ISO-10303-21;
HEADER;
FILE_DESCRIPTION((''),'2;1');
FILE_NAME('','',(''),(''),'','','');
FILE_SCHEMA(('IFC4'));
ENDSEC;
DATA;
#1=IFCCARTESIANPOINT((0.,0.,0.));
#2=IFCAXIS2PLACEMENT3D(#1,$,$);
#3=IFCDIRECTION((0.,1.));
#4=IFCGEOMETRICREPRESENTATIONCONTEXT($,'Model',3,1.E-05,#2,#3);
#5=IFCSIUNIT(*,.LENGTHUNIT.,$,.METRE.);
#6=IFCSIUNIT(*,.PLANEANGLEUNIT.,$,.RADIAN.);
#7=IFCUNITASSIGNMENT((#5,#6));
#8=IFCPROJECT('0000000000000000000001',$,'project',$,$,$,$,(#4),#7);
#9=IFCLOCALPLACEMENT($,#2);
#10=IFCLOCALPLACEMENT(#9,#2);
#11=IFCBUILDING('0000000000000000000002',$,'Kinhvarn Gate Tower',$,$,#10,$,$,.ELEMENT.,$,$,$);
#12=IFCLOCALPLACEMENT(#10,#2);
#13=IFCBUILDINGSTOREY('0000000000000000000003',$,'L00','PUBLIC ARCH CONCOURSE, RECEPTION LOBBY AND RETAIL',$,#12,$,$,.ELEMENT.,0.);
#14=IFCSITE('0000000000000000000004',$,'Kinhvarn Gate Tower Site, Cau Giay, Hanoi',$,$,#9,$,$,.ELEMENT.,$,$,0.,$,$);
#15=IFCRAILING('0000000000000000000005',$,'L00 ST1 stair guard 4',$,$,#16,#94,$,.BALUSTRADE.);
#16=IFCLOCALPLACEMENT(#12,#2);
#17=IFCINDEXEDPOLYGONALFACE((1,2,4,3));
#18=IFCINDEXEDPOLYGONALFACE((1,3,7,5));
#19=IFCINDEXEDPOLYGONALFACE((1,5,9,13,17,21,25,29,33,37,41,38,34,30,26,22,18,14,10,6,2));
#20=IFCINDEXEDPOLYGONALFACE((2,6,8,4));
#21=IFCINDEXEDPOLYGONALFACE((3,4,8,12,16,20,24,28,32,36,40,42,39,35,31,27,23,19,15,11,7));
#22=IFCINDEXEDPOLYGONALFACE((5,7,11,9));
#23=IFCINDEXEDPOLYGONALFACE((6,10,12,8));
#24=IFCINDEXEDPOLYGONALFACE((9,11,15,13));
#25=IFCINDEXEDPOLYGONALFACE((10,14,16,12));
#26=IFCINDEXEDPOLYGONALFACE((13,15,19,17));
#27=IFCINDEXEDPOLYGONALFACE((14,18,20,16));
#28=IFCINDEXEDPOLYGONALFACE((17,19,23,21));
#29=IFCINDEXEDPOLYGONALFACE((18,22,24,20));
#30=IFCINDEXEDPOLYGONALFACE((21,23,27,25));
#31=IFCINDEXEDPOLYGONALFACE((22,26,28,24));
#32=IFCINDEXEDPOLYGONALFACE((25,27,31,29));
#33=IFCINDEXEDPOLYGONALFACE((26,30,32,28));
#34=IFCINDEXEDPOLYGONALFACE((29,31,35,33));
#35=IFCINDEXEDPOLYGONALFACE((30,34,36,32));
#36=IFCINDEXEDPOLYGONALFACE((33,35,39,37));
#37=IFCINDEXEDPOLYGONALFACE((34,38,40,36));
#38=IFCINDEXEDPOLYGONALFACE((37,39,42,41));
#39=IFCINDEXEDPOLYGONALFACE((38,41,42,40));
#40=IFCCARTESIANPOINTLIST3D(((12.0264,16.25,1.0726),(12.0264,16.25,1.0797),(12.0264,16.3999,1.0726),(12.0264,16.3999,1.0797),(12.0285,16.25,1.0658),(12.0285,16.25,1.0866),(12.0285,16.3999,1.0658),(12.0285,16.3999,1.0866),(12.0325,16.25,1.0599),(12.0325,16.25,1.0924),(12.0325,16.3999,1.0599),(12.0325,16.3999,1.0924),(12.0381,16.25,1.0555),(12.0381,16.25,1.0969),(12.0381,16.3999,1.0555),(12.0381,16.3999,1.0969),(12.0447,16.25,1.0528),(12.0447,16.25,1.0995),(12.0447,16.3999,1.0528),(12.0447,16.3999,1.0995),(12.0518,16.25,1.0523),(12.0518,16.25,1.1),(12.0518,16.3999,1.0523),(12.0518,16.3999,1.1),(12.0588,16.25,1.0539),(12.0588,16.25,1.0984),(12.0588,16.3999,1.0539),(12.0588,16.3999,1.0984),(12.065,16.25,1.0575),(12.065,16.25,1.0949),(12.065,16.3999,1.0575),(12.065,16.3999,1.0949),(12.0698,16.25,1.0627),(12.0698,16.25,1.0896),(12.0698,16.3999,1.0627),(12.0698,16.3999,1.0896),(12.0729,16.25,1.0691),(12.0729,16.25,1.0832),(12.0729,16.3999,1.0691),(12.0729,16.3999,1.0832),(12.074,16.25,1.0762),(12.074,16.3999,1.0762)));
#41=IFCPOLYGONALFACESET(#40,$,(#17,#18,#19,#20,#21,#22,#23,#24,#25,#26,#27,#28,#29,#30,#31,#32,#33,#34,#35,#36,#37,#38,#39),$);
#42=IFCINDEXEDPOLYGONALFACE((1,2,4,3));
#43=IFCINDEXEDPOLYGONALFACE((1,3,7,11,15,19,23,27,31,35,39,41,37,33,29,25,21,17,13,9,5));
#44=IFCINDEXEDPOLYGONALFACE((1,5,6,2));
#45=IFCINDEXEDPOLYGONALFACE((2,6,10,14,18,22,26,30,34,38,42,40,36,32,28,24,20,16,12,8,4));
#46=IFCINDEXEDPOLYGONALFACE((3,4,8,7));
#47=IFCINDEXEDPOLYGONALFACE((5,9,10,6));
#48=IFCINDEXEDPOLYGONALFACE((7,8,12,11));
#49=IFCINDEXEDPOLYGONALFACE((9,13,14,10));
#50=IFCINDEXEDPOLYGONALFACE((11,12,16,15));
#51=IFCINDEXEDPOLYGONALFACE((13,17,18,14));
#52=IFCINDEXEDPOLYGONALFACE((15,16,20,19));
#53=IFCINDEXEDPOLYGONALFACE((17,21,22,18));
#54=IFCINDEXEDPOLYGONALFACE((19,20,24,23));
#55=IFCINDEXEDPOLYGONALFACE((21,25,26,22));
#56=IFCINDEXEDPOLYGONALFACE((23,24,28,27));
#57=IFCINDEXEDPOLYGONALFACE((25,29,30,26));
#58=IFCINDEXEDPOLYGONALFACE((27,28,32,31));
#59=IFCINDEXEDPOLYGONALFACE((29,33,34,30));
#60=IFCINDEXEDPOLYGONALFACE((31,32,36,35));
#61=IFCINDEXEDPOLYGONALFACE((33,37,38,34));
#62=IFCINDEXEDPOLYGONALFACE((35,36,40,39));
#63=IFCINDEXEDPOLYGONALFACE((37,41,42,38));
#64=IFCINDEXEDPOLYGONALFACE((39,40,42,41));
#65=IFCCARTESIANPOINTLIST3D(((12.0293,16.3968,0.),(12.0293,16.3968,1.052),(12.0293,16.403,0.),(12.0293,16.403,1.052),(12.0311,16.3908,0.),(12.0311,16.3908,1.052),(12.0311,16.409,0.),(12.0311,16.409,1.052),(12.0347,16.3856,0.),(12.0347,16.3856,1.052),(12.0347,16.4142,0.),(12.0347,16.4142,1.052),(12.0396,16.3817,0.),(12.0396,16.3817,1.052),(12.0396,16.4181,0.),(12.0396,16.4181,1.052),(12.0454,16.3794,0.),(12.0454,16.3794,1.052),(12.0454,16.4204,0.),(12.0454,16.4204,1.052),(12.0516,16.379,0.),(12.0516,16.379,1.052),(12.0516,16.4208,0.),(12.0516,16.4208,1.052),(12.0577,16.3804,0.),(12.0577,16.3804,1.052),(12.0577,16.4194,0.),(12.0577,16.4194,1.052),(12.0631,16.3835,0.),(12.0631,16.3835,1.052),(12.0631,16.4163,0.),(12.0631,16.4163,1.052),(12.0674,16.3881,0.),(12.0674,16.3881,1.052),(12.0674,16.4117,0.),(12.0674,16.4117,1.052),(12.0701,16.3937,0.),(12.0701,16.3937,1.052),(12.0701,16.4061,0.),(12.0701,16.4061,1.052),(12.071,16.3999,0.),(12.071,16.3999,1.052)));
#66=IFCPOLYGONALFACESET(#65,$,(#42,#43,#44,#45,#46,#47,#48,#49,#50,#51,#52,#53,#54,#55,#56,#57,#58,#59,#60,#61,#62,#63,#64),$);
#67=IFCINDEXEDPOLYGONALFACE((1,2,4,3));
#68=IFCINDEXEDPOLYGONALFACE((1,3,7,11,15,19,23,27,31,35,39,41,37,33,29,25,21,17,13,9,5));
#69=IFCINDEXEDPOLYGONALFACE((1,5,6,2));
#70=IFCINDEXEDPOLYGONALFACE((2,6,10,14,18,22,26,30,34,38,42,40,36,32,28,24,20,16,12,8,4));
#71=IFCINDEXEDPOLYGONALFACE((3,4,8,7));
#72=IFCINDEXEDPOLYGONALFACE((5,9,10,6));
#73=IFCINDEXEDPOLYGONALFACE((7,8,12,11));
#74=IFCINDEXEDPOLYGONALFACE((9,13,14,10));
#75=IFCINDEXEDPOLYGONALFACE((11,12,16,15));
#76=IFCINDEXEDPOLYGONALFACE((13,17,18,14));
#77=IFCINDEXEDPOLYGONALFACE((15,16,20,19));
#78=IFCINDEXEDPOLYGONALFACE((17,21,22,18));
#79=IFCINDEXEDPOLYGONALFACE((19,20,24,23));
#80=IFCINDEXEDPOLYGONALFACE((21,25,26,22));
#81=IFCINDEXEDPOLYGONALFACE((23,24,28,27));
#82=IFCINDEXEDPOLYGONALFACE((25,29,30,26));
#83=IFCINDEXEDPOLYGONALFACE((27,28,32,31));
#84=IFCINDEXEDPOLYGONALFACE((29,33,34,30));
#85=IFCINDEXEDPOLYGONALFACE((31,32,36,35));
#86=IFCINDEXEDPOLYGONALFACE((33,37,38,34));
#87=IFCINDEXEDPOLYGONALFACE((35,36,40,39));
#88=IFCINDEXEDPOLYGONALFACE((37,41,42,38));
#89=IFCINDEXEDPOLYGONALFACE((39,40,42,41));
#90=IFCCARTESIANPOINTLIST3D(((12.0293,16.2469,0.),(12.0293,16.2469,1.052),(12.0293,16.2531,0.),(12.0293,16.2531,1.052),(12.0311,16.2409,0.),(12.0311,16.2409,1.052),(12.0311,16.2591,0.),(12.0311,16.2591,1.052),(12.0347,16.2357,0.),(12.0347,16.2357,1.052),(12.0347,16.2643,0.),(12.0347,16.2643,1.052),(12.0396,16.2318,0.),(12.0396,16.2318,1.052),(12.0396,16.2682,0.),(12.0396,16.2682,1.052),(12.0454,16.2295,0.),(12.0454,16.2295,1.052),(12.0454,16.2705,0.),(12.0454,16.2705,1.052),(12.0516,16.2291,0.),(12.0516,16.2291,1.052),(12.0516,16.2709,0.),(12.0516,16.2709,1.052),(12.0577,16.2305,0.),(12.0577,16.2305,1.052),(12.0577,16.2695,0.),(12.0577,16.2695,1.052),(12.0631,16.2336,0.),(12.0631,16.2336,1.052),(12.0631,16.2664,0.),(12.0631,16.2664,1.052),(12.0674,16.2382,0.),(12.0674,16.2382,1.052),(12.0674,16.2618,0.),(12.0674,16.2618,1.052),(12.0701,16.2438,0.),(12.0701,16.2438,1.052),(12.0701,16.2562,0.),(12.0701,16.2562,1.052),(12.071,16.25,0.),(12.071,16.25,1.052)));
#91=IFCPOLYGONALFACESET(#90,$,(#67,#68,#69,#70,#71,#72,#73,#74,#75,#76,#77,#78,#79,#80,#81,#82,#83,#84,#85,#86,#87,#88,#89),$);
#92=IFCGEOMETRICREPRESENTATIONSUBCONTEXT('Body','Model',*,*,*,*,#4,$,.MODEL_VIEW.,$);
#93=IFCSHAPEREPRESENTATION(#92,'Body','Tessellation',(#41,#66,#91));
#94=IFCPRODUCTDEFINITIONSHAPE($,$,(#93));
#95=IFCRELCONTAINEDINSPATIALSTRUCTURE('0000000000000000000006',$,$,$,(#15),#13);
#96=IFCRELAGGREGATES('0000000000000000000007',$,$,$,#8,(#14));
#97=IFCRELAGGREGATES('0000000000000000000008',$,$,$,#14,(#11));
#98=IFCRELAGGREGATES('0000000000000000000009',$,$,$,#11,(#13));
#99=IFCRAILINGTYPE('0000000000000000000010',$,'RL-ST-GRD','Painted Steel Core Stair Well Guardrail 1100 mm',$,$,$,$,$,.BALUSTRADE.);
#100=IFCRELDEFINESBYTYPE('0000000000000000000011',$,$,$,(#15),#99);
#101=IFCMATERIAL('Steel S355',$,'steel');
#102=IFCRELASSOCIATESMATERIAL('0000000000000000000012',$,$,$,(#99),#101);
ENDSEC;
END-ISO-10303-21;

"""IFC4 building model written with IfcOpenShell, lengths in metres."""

from ifc_helpers import new_model, si_unit, direction, frame, origin, origin_2d, place, context, subcontext, project, spatial, circle, extrude, material, type_object, element, save


model = new_model("IFC4")

# Units and contexts
model_context = context("Model", 3, precision=1e-05, world=origin(), true_north=direction((0.0, 1.0)))
body_context = subcontext(model_context, "Body", "Model", "MODEL_VIEW")
ifc_project = project(units=[si_unit("LENGTHUNIT", "METRE"), si_unit("PLANEANGLEUNIT", "RADIAN")], contexts=[model_context])

# Site, building, storey
site_placement = place(None, origin())
site = spatial("IfcSite", under=ifc_project, at=site_placement, Name="Kinhvarn Gate Tower Site, Cau Giay, Hanoi", CompositionType="ELEMENT", RefElevation=0.0)
building_placement = place(site_placement, origin())
building = spatial("IfcBuilding", under=site, at=building_placement, Name="Kinhvarn Gate Tower", CompositionType="ELEMENT")
storey_placement = place(building_placement, origin())
storey = spatial("IfcBuildingStorey", under=building, at=storey_placement, Name="L00", Description="PUBLIC ARCH CONCOURSE, RECEPTION LOBBY AND RETAIL", CompositionType="ELEMENT", Elevation=0.0)

# Shared definitions
ifc_material_1 = material(Name="Steel S355", Category="steel")

# Railing
railing_type_1 = type_object("IfcRailingType", Name="RL-ST-GRD", Description="Painted Steel Core Stair Well Guardrail 1100 mm", PredefinedType="BALUSTRADE", material=ifc_material_1)
railing_1_placement = place(storey_placement, frame((12.05, 16.3999, 0.0)))
element("IfcRailing", 1, at=railing_1_placement, inside=storey, type_object=railing_type_1, Name="L00 ST1 stair guard 4", PredefinedType="BALUSTRADE", context=body_context, shape_type="SweptSolid", body=[
    extrude(circle(Radius=0.0239, at=origin_2d()), frame((0.0, 0.0, 1.0762), z_axis=(0.0, -1.0, 0.0), x_axis=(1.0, 0.0, 0.0)), (0.0, 0.0, 1.0), 0.1499),
    extrude(circle(Radius=0.021, at=origin_2d()), origin(), (0.0, 0.0, 1.0), 1.052),
    extrude(circle(Radius=0.021, at=origin_2d()), frame((0.0, -0.1499, 0.0)), (0.0, 0.0, 1.0), 1.052),
])

save(model, "model.ifc")
